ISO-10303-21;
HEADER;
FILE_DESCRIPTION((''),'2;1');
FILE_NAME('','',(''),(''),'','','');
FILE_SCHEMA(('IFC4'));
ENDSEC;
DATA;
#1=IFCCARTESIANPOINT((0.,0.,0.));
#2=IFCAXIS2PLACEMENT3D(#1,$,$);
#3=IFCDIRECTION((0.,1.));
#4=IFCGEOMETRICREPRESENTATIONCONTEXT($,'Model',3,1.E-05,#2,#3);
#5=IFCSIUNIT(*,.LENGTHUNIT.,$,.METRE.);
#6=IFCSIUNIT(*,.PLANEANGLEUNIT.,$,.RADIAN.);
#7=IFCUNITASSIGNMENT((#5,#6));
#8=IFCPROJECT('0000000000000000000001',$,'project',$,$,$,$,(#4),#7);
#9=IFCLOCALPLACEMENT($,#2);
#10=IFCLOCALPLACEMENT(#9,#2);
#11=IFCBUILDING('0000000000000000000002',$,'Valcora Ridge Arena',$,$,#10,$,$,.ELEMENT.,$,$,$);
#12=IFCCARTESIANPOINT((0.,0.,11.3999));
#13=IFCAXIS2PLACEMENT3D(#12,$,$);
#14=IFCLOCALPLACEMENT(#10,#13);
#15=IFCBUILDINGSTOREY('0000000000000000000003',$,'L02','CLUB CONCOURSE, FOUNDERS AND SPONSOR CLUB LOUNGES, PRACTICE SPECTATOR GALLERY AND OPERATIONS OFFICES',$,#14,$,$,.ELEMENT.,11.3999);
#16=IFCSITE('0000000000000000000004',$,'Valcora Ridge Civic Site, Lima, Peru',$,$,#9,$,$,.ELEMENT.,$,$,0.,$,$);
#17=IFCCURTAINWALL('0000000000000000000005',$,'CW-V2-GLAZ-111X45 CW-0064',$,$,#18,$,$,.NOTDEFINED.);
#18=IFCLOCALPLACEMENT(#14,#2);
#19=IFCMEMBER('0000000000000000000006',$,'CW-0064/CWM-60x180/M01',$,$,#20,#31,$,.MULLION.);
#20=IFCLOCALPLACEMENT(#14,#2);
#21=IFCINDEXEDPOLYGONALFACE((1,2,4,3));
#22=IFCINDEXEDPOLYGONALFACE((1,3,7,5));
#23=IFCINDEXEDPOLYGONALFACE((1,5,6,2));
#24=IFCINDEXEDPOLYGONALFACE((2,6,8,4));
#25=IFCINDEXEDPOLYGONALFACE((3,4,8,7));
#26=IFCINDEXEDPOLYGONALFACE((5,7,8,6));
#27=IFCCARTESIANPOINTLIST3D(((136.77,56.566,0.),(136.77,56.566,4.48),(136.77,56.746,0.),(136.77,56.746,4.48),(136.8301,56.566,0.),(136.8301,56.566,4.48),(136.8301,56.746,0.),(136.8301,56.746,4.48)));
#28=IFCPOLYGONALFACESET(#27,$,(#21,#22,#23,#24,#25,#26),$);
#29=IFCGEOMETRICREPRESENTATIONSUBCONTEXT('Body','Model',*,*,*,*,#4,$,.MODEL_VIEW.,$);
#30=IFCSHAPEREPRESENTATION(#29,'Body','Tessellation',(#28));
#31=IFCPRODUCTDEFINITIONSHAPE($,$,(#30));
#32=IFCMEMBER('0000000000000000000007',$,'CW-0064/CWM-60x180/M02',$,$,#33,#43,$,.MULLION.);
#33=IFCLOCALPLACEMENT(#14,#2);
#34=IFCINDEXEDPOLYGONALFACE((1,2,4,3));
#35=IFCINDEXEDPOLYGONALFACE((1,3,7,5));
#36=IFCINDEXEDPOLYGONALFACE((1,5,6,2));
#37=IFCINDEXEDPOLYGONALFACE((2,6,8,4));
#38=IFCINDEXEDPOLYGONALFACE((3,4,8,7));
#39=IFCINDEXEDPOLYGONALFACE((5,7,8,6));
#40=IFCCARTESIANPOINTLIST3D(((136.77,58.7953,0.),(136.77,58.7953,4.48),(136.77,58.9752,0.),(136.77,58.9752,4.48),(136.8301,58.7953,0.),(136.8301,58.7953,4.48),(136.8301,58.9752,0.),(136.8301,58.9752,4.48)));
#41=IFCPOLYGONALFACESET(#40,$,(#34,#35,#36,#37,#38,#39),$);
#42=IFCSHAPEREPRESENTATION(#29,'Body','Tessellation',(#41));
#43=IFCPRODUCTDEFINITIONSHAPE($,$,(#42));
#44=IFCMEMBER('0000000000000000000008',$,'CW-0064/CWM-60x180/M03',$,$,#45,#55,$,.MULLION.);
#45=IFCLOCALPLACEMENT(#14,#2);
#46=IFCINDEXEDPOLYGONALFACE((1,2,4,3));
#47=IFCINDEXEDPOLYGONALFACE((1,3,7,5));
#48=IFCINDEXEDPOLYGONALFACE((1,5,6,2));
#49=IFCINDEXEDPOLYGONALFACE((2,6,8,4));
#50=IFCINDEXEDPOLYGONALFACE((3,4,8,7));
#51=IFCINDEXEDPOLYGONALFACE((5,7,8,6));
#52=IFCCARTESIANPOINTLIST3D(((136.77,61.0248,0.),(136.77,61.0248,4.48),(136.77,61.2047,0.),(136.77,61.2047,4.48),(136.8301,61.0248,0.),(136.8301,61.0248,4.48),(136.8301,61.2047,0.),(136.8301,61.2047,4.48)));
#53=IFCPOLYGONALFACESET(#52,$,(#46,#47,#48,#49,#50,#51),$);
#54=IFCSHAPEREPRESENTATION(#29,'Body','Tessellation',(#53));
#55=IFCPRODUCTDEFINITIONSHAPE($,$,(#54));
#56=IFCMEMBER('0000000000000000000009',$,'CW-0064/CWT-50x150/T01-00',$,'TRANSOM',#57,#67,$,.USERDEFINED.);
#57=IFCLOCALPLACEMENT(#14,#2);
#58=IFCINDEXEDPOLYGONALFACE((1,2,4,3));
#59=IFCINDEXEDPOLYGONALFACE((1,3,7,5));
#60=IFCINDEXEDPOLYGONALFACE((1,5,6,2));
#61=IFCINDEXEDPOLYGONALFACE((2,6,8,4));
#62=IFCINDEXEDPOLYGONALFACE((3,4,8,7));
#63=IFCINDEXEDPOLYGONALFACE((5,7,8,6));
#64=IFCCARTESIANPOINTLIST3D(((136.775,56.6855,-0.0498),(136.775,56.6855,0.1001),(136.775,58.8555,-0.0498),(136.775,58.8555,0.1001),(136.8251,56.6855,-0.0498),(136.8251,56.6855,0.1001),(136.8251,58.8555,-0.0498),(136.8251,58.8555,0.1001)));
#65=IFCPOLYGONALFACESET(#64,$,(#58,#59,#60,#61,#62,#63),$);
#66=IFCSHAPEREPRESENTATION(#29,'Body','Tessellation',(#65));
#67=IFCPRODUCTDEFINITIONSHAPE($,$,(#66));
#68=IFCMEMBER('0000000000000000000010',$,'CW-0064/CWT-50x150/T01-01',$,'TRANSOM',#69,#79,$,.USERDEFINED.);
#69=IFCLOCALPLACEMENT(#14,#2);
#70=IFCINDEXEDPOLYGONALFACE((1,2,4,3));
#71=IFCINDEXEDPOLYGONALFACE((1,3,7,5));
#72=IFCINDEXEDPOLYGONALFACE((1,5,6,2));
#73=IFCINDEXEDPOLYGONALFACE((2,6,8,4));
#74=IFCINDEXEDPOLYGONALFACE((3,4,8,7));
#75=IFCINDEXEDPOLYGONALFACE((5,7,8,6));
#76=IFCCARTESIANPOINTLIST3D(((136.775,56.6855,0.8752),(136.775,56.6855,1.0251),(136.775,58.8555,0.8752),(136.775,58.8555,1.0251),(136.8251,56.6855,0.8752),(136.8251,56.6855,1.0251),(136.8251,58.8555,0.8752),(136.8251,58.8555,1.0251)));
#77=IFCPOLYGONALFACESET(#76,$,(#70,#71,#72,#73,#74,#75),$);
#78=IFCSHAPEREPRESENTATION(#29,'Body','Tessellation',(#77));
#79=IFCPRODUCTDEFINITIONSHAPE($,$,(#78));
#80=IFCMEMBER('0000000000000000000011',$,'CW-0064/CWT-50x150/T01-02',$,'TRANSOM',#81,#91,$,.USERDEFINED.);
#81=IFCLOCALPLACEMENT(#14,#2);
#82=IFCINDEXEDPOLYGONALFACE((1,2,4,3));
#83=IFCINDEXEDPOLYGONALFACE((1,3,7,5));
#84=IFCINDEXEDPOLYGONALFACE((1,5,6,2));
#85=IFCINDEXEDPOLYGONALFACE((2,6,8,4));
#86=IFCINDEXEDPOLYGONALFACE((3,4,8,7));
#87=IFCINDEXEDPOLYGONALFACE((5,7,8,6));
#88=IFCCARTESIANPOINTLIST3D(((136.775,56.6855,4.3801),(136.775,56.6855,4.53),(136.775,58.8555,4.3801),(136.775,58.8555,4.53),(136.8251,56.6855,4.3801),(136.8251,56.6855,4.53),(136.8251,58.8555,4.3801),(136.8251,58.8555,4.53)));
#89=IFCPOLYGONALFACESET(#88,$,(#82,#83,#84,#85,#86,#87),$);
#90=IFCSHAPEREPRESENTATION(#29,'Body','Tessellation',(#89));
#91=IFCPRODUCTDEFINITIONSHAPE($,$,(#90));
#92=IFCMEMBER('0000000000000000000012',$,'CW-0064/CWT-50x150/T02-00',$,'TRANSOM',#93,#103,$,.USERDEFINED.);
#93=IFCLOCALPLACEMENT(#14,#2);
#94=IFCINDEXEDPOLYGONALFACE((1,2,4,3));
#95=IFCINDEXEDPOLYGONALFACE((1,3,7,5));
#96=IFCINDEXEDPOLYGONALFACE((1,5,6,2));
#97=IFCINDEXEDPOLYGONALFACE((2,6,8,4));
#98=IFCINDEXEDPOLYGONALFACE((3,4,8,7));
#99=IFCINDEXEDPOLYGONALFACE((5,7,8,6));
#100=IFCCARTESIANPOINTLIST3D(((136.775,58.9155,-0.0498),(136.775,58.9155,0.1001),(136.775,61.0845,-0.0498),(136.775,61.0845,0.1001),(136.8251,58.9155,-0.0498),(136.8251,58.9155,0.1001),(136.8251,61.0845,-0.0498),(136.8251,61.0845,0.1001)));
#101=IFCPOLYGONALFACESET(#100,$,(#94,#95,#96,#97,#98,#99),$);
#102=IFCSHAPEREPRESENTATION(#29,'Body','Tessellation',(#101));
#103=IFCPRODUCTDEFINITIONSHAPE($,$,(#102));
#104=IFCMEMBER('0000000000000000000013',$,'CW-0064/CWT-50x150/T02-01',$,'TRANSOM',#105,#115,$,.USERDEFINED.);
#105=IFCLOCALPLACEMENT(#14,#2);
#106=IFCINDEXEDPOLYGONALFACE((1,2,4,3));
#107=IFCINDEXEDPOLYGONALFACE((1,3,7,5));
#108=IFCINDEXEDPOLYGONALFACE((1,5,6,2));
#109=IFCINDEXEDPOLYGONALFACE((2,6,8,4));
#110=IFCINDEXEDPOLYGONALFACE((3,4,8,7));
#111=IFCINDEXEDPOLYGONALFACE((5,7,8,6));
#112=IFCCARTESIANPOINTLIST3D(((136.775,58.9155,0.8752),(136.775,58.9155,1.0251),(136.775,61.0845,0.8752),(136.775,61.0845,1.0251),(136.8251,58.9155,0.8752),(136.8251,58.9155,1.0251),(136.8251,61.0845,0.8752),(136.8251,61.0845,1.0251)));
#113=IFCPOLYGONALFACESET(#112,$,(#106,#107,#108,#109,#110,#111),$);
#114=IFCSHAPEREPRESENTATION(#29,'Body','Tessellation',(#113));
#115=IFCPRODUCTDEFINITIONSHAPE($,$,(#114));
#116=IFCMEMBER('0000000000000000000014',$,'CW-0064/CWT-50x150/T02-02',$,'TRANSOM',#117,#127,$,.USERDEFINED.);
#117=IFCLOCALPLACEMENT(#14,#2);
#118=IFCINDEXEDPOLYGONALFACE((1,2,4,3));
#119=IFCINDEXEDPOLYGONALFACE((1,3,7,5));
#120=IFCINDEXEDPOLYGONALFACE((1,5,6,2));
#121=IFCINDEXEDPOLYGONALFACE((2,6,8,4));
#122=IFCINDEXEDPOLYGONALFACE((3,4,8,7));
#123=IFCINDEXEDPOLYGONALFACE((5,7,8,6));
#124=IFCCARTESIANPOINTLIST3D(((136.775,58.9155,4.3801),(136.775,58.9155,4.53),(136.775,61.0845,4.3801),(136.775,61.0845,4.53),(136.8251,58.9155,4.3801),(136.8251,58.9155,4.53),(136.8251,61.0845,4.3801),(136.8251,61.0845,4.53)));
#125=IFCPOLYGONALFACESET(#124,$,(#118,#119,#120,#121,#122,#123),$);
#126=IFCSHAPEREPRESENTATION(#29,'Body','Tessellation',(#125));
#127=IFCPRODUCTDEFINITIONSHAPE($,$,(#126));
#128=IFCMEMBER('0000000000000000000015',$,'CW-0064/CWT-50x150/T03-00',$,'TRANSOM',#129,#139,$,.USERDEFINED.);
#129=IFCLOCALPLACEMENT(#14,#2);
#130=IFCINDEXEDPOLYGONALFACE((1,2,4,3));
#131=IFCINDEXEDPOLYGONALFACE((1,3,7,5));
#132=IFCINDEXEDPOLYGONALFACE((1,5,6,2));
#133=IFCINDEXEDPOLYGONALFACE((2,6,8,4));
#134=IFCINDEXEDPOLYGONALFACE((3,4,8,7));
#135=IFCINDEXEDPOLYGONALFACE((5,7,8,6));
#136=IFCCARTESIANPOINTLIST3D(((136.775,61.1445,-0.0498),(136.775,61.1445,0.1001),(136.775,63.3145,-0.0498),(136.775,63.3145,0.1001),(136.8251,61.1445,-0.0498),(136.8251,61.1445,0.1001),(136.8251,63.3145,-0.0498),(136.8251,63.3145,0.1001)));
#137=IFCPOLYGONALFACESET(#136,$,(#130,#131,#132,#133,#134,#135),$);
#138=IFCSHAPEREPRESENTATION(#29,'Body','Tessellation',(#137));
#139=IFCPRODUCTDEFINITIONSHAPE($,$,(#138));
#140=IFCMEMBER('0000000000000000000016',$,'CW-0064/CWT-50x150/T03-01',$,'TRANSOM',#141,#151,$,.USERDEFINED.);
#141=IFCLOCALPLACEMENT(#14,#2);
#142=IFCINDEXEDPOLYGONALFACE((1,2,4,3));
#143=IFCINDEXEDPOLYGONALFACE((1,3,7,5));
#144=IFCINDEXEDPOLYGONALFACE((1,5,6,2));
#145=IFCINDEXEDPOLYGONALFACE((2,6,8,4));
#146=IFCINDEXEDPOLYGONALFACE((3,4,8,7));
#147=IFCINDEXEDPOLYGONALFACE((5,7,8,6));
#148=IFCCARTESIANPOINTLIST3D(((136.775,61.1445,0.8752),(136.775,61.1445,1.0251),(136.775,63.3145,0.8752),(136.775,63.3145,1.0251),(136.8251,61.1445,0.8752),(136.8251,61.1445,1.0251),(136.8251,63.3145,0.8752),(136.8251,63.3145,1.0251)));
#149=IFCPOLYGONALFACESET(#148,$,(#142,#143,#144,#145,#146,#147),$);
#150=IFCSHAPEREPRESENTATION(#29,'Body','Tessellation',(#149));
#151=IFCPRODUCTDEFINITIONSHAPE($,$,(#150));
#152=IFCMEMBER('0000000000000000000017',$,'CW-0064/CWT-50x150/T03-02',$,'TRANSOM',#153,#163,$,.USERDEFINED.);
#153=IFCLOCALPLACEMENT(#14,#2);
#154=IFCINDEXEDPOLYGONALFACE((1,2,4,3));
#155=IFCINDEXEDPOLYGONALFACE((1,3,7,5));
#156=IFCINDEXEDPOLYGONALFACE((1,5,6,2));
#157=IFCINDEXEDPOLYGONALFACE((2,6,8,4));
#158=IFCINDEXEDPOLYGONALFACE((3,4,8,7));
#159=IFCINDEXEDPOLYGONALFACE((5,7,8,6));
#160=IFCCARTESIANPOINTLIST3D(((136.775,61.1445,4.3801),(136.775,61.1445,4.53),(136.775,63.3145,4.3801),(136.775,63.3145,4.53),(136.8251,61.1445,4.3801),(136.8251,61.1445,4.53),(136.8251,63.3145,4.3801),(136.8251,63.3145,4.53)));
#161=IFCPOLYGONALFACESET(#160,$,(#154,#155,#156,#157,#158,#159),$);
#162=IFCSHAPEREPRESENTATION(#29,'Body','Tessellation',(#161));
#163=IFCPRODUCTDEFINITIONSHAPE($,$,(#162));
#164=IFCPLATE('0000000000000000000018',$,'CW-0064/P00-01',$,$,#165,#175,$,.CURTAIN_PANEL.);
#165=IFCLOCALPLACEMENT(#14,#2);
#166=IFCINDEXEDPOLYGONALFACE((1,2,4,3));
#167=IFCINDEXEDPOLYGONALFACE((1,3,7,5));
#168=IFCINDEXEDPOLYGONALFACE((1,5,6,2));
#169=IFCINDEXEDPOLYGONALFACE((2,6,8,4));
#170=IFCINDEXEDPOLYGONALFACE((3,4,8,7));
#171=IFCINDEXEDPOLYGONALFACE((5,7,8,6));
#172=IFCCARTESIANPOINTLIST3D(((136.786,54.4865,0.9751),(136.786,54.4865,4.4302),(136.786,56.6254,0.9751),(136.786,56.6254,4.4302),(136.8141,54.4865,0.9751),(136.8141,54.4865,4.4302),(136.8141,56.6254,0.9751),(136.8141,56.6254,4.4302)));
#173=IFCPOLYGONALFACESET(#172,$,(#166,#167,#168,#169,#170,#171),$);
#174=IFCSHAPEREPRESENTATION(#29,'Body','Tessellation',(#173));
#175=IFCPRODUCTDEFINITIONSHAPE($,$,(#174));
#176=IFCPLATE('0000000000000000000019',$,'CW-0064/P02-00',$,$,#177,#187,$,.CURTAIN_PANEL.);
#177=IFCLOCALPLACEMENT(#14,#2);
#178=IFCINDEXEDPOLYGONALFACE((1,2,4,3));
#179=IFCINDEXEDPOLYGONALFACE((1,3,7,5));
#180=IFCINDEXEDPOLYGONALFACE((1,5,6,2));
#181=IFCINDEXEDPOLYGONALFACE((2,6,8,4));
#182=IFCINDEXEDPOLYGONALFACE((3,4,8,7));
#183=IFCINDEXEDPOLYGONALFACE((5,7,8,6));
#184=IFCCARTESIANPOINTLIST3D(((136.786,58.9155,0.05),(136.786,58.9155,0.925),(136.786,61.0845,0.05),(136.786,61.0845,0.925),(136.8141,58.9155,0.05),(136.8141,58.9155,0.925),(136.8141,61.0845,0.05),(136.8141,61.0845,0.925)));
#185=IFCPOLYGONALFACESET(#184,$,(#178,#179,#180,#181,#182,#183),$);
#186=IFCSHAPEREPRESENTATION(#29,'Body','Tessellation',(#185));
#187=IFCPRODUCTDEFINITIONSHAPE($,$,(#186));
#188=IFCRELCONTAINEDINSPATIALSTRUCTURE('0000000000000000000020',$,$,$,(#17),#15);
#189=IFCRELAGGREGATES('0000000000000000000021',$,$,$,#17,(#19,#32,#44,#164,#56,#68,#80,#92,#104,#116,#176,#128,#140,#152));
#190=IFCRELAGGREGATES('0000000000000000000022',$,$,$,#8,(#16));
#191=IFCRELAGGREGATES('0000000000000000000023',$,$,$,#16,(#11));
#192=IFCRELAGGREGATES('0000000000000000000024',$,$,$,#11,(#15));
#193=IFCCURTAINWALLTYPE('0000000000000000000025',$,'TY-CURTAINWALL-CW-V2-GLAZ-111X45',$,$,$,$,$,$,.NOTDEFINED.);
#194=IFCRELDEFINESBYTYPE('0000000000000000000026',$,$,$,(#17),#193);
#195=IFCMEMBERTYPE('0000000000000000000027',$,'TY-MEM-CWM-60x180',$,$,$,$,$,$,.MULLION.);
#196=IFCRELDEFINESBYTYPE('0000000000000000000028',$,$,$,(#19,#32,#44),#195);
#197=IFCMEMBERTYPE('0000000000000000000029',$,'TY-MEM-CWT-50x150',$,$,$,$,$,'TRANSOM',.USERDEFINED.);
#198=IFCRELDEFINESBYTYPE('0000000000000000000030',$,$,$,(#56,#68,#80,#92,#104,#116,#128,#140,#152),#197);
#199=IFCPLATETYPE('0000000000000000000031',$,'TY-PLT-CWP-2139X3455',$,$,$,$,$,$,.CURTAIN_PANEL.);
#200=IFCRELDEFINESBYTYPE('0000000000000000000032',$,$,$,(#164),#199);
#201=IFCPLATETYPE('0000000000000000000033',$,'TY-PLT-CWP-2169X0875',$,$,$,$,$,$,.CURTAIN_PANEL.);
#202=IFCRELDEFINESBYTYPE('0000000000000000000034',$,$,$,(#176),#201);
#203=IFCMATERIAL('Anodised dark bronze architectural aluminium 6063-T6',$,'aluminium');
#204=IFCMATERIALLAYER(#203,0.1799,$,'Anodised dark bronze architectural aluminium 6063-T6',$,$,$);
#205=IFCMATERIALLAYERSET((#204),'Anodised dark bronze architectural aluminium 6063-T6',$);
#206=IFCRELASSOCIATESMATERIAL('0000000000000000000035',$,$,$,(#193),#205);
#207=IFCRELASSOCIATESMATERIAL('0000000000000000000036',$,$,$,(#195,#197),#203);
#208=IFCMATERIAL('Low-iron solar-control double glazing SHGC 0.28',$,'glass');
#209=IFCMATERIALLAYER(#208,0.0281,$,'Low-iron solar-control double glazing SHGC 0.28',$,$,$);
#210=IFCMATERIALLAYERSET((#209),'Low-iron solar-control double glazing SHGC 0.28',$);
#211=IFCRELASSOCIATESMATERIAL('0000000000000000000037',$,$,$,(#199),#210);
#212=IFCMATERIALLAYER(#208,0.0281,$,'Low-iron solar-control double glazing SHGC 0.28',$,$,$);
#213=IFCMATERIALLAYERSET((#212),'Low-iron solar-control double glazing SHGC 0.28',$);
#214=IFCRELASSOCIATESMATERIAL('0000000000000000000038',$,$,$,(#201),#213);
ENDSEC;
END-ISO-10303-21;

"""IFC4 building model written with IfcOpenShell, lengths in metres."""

from ifc_helpers import new_model, si_unit, direction, frame, origin, origin_2d, place, context, subcontext, project, spatial, rectangle, extrude, material, layer, layer_set, material_profile, profile_set, type_object, element, aggregate, save


model = new_model("IFC4")

# Units and contexts
model_context = context("Model", 3, precision=1e-05, world=origin(), true_north=direction((0.0, 1.0)))
body_context = subcontext(model_context, "Body", "Model", "MODEL_VIEW")
ifc_project = project(units=[si_unit("LENGTHUNIT", "METRE"), si_unit("PLANEANGLEUNIT", "RADIAN")], contexts=[model_context])

# Site, building, storey
site_placement = place(None, origin())
site = spatial("IfcSite", under=ifc_project, at=site_placement, Name="Valcora Ridge Civic Site, Lima, Peru", CompositionType="ELEMENT", RefElevation=0.0)
building_placement = place(site_placement, origin())
building = spatial("IfcBuilding", under=site, at=building_placement, Name="Valcora Ridge Arena", CompositionType="ELEMENT")
storey_placement = place(building_placement, frame((0.0, 0.0, 11.3999)))
storey = spatial("IfcBuildingStorey", under=building, at=storey_placement, Name="L02", Description="CLUB CONCOURSE, FOUNDERS AND SPONSOR CLUB LOUNGES, PRACTICE SPECTATOR GALLERY AND OPERATIONS OFFICES", CompositionType="ELEMENT", Elevation=11.3999)

# Curtain wall, members, plates
ifc_material_1 = material(Name="Anodised dark bronze architectural aluminium 6063-T6", Category="aluminium")
ifc_layer_1 = layer(ifc_material_1, 0.1799, Name="Anodised dark bronze architectural aluminium 6063-T6")
ifc_layer_set_1 = layer_set([ifc_layer_1], Name="Anodised dark bronze architectural aluminium 6063-T6")
curtain_wall_type = type_object("IfcCurtainWallType", Name="TY-CURTAINWALL-CW-V2-GLAZ-111X45", PredefinedType="NOTDEFINED", material=ifc_layer_set_1)
curtain_wall_placement = place(storey_placement, origin())
curtain_wall = element("IfcCurtainWall", 1, at=curtain_wall_placement, inside=storey, type_object=curtain_wall_type, Name="CW-V2-GLAZ-111X45 CW-0064", PredefinedType="NOTDEFINED")
ifc_material_profile_1 = material_profile(ifc_material_1, rectangle(XDim=0.0601, YDim=0.1799, at=origin_2d()), Name="ALU MULLION 60x180")
ifc_profile_set_1 = profile_set([ifc_material_profile_1], Name="Anodised dark bronze architectural aluminium 6063-T6")
member_type_1 = type_object("IfcMemberType", Name="TY-MEM-CWM-60x180", PredefinedType="MULLION", material=ifc_profile_set_1)
member_1_placement = place(storey_placement, frame((136.8, 56.656, 0.0), z_axis=(0.0, 0.0, 1.0), x_axis=(-1.0, 0.0, 0.0)))
member_1 = element("IfcMember", 2, at=member_1_placement, type_object=member_type_1, Name="CW-0064/CWM-60x180/M01", PredefinedType="MULLION", context=body_context, shape_type="SweptSolid", body=[
    extrude(rectangle(XDim=0.0601, YDim=0.1799, at=origin_2d()), origin(), (0.0, 0.0, 1.0), 4.48),
])
member_2_placement = place(storey_placement, frame((136.8, 58.8853, 0.0), z_axis=(0.0, 0.0, 1.0), x_axis=(-1.0, 0.0, 0.0)))
member_2 = element("IfcMember", 3, at=member_2_placement, type_object=member_type_1, Name="CW-0064/CWM-60x180/M02", PredefinedType="MULLION", context=body_context, shape_type="SweptSolid", body=[
    extrude(rectangle(XDim=0.0601, YDim=0.1799, at=origin_2d()), origin(), (0.0, 0.0, 1.0), 4.48),
])
member_3_placement = place(storey_placement, frame((136.8, 61.1147, 0.0), z_axis=(0.0, 0.0, 1.0), x_axis=(-1.0, 0.0, 0.0)))
member_3 = element("IfcMember", 4, at=member_3_placement, type_object=member_type_1, Name="CW-0064/CWM-60x180/M03", PredefinedType="MULLION", context=body_context, shape_type="SweptSolid", body=[
    extrude(rectangle(XDim=0.0601, YDim=0.1799, at=origin_2d()), origin(), (0.0, 0.0, 1.0), 4.48),
])
ifc_material_profile_2 = material_profile(ifc_material_1, rectangle(XDim=0.05, YDim=0.1499, at=origin_2d()), Name="ALU TRANSOM 50x150")
ifc_profile_set_2 = profile_set([ifc_material_profile_2], Name="Anodised dark bronze architectural aluminium 6063-T6")
member_type_2 = type_object("IfcMemberType", Name="TY-MEM-CWT-50x150", ElementType="TRANSOM", PredefinedType="USERDEFINED", material=ifc_profile_set_2)
member_4_placement = place(storey_placement, frame((136.8, 56.6855, 0.0251), z_axis=(0.0, 1.0, 0.0), x_axis=(-1.0, 0.0, 0.0)))
member_4 = element("IfcMember", 5, at=member_4_placement, type_object=member_type_2, Name="CW-0064/CWT-50x150/T01-00", ObjectType="TRANSOM", PredefinedType="USERDEFINED", context=body_context, shape_type="SweptSolid", body=[
    extrude(rectangle(XDim=0.05, YDim=0.1499, at=origin_2d()), origin(), (0.0, 0.0, 1.0), 2.1699),
])
member_5_placement = place(storey_placement, frame((136.8, 56.6855, 0.9502), z_axis=(0.0, 1.0, 0.0), x_axis=(-1.0, 0.0, 0.0)))
member_5 = element("IfcMember", 6, at=member_5_placement, type_object=member_type_2, Name="CW-0064/CWT-50x150/T01-01", ObjectType="TRANSOM", PredefinedType="USERDEFINED", context=body_context, shape_type="SweptSolid", body=[
    extrude(rectangle(XDim=0.05, YDim=0.1499, at=origin_2d()), origin(), (0.0, 0.0, 1.0), 2.1699),
])
member_6_placement = place(storey_placement, frame((136.8, 56.6855, 4.4551), z_axis=(0.0, 1.0, 0.0), x_axis=(-1.0, 0.0, 0.0)))
member_6 = element("IfcMember", 7, at=member_6_placement, type_object=member_type_2, Name="CW-0064/CWT-50x150/T01-02", ObjectType="TRANSOM", PredefinedType="USERDEFINED", context=body_context, shape_type="SweptSolid", body=[
    extrude(rectangle(XDim=0.05, YDim=0.1499, at=origin_2d()), origin(), (0.0, 0.0, 1.0), 2.1699),
])
member_7_placement = place(storey_placement, frame((136.8, 58.9155, 0.0251), z_axis=(0.0, 1.0, 0.0), x_axis=(-1.0, 0.0, 0.0)))
member_7 = element("IfcMember", 8, at=member_7_placement, type_object=member_type_2, Name="CW-0064/CWT-50x150/T02-00", ObjectType="TRANSOM", PredefinedType="USERDEFINED", context=body_context, shape_type="SweptSolid", body=[
    extrude(rectangle(XDim=0.05, YDim=0.1499, at=origin_2d()), origin(), (0.0, 0.0, 1.0), 2.1689),
])
member_8_placement = place(storey_placement, frame((136.8, 58.9155, 0.9502), z_axis=(0.0, 1.0, 0.0), x_axis=(-1.0, 0.0, 0.0)))
member_8 = element("IfcMember", 9, at=member_8_placement, type_object=member_type_2, Name="CW-0064/CWT-50x150/T02-01", ObjectType="TRANSOM", PredefinedType="USERDEFINED", context=body_context, shape_type="SweptSolid", body=[
    extrude(rectangle(XDim=0.05, YDim=0.1499, at=origin_2d()), origin(), (0.0, 0.0, 1.0), 2.1689),
])
member_9_placement = place(storey_placement, frame((136.8, 58.9155, 4.4551), z_axis=(0.0, 1.0, 0.0), x_axis=(-1.0, 0.0, 0.0)))
member_9 = element("IfcMember", 10, at=member_9_placement, type_object=member_type_2, Name="CW-0064/CWT-50x150/T02-02", ObjectType="TRANSOM", PredefinedType="USERDEFINED", context=body_context, shape_type="SweptSolid", body=[
    extrude(rectangle(XDim=0.05, YDim=0.1499, at=origin_2d()), origin(), (0.0, 0.0, 1.0), 2.1689),
])
member_10_placement = place(storey_placement, frame((136.8, 61.1445, 0.0251), z_axis=(0.0, 1.0, 0.0), x_axis=(-1.0, 0.0, 0.0)))
member_10 = element("IfcMember", 11, at=member_10_placement, type_object=member_type_2, Name="CW-0064/CWT-50x150/T03-00", ObjectType="TRANSOM", PredefinedType="USERDEFINED", context=body_context, shape_type="SweptSolid", body=[
    extrude(rectangle(XDim=0.05, YDim=0.1499, at=origin_2d()), origin(), (0.0, 0.0, 1.0), 2.1699),
])
member_11_placement = place(storey_placement, frame((136.8, 61.1445, 0.9502), z_axis=(0.0, 1.0, 0.0), x_axis=(-1.0, 0.0, 0.0)))
member_11 = element("IfcMember", 12, at=member_11_placement, type_object=member_type_2, Name="CW-0064/CWT-50x150/T03-01", ObjectType="TRANSOM", PredefinedType="USERDEFINED", context=body_context, shape_type="SweptSolid", body=[
    extrude(rectangle(XDim=0.05, YDim=0.1499, at=origin_2d()), origin(), (0.0, 0.0, 1.0), 2.1699),
])
member_12_placement = place(storey_placement, frame((136.8, 61.1445, 4.4551), z_axis=(0.0, 1.0, 0.0), x_axis=(-1.0, 0.0, 0.0)))
member_12 = element("IfcMember", 13, at=member_12_placement, type_object=member_type_2, Name="CW-0064/CWT-50x150/T03-02", ObjectType="TRANSOM", PredefinedType="USERDEFINED", context=body_context, shape_type="SweptSolid", body=[
    extrude(rectangle(XDim=0.05, YDim=0.1499, at=origin_2d()), origin(), (0.0, 0.0, 1.0), 2.1699),
])
ifc_material_2 = material(Name="Low-iron solar-control double glazing SHGC 0.28", Category="glass")
ifc_layer_2 = layer(ifc_material_2, 0.0281, Name="Low-iron solar-control double glazing SHGC 0.28")
ifc_layer_set_2 = layer_set([ifc_layer_2], Name="Low-iron solar-control double glazing SHGC 0.28")
plate_type_1 = type_object("IfcPlateType", Name="TY-PLT-CWP-2139X3455", PredefinedType="CURTAIN_PANEL", material=ifc_layer_set_2)
plate_1_placement = place(storey_placement, frame((136.8, 55.5559, 0.9751), z_axis=(0.0, 0.0, 1.0), x_axis=(0.0, 1.0, 0.0)))
plate_1 = element("IfcPlate", 14, at=plate_1_placement, type_object=plate_type_1, Name="CW-0064/P00-01", PredefinedType="CURTAIN_PANEL", context=body_context, shape_type="SweptSolid", body=[
    extrude(rectangle(XDim=2.1389, YDim=0.0281, at=origin_2d()), origin(), (0.0, 0.0, 1.0), 3.4551),
])
ifc_layer_3 = layer(ifc_material_2, 0.0281, Name="Low-iron solar-control double glazing SHGC 0.28")
ifc_layer_set_3 = layer_set([ifc_layer_3], Name="Low-iron solar-control double glazing SHGC 0.28")
plate_type_2 = type_object("IfcPlateType", Name="TY-PLT-CWP-2169X0875", PredefinedType="CURTAIN_PANEL", material=ifc_layer_set_3)
plate_2_placement = place(storey_placement, frame((136.8, 60.0, 0.05), z_axis=(0.0, 0.0, 1.0), x_axis=(0.0, 1.0, 0.0)))
plate_2 = element("IfcPlate", 15, at=plate_2_placement, type_object=plate_type_2, Name="CW-0064/P02-00", PredefinedType="CURTAIN_PANEL", context=body_context, shape_type="SweptSolid", body=[
    extrude(rectangle(XDim=2.1689, YDim=0.0281, at=origin_2d()), origin(), (0.0, 0.0, 1.0), 0.875),
])
aggregate(curtain_wall, [member_1, member_2, member_3, plate_1, member_4, member_5, member_6, member_7, member_8, member_9, plate_2, member_10, member_11, member_12])

save(model, "model.ifc")
